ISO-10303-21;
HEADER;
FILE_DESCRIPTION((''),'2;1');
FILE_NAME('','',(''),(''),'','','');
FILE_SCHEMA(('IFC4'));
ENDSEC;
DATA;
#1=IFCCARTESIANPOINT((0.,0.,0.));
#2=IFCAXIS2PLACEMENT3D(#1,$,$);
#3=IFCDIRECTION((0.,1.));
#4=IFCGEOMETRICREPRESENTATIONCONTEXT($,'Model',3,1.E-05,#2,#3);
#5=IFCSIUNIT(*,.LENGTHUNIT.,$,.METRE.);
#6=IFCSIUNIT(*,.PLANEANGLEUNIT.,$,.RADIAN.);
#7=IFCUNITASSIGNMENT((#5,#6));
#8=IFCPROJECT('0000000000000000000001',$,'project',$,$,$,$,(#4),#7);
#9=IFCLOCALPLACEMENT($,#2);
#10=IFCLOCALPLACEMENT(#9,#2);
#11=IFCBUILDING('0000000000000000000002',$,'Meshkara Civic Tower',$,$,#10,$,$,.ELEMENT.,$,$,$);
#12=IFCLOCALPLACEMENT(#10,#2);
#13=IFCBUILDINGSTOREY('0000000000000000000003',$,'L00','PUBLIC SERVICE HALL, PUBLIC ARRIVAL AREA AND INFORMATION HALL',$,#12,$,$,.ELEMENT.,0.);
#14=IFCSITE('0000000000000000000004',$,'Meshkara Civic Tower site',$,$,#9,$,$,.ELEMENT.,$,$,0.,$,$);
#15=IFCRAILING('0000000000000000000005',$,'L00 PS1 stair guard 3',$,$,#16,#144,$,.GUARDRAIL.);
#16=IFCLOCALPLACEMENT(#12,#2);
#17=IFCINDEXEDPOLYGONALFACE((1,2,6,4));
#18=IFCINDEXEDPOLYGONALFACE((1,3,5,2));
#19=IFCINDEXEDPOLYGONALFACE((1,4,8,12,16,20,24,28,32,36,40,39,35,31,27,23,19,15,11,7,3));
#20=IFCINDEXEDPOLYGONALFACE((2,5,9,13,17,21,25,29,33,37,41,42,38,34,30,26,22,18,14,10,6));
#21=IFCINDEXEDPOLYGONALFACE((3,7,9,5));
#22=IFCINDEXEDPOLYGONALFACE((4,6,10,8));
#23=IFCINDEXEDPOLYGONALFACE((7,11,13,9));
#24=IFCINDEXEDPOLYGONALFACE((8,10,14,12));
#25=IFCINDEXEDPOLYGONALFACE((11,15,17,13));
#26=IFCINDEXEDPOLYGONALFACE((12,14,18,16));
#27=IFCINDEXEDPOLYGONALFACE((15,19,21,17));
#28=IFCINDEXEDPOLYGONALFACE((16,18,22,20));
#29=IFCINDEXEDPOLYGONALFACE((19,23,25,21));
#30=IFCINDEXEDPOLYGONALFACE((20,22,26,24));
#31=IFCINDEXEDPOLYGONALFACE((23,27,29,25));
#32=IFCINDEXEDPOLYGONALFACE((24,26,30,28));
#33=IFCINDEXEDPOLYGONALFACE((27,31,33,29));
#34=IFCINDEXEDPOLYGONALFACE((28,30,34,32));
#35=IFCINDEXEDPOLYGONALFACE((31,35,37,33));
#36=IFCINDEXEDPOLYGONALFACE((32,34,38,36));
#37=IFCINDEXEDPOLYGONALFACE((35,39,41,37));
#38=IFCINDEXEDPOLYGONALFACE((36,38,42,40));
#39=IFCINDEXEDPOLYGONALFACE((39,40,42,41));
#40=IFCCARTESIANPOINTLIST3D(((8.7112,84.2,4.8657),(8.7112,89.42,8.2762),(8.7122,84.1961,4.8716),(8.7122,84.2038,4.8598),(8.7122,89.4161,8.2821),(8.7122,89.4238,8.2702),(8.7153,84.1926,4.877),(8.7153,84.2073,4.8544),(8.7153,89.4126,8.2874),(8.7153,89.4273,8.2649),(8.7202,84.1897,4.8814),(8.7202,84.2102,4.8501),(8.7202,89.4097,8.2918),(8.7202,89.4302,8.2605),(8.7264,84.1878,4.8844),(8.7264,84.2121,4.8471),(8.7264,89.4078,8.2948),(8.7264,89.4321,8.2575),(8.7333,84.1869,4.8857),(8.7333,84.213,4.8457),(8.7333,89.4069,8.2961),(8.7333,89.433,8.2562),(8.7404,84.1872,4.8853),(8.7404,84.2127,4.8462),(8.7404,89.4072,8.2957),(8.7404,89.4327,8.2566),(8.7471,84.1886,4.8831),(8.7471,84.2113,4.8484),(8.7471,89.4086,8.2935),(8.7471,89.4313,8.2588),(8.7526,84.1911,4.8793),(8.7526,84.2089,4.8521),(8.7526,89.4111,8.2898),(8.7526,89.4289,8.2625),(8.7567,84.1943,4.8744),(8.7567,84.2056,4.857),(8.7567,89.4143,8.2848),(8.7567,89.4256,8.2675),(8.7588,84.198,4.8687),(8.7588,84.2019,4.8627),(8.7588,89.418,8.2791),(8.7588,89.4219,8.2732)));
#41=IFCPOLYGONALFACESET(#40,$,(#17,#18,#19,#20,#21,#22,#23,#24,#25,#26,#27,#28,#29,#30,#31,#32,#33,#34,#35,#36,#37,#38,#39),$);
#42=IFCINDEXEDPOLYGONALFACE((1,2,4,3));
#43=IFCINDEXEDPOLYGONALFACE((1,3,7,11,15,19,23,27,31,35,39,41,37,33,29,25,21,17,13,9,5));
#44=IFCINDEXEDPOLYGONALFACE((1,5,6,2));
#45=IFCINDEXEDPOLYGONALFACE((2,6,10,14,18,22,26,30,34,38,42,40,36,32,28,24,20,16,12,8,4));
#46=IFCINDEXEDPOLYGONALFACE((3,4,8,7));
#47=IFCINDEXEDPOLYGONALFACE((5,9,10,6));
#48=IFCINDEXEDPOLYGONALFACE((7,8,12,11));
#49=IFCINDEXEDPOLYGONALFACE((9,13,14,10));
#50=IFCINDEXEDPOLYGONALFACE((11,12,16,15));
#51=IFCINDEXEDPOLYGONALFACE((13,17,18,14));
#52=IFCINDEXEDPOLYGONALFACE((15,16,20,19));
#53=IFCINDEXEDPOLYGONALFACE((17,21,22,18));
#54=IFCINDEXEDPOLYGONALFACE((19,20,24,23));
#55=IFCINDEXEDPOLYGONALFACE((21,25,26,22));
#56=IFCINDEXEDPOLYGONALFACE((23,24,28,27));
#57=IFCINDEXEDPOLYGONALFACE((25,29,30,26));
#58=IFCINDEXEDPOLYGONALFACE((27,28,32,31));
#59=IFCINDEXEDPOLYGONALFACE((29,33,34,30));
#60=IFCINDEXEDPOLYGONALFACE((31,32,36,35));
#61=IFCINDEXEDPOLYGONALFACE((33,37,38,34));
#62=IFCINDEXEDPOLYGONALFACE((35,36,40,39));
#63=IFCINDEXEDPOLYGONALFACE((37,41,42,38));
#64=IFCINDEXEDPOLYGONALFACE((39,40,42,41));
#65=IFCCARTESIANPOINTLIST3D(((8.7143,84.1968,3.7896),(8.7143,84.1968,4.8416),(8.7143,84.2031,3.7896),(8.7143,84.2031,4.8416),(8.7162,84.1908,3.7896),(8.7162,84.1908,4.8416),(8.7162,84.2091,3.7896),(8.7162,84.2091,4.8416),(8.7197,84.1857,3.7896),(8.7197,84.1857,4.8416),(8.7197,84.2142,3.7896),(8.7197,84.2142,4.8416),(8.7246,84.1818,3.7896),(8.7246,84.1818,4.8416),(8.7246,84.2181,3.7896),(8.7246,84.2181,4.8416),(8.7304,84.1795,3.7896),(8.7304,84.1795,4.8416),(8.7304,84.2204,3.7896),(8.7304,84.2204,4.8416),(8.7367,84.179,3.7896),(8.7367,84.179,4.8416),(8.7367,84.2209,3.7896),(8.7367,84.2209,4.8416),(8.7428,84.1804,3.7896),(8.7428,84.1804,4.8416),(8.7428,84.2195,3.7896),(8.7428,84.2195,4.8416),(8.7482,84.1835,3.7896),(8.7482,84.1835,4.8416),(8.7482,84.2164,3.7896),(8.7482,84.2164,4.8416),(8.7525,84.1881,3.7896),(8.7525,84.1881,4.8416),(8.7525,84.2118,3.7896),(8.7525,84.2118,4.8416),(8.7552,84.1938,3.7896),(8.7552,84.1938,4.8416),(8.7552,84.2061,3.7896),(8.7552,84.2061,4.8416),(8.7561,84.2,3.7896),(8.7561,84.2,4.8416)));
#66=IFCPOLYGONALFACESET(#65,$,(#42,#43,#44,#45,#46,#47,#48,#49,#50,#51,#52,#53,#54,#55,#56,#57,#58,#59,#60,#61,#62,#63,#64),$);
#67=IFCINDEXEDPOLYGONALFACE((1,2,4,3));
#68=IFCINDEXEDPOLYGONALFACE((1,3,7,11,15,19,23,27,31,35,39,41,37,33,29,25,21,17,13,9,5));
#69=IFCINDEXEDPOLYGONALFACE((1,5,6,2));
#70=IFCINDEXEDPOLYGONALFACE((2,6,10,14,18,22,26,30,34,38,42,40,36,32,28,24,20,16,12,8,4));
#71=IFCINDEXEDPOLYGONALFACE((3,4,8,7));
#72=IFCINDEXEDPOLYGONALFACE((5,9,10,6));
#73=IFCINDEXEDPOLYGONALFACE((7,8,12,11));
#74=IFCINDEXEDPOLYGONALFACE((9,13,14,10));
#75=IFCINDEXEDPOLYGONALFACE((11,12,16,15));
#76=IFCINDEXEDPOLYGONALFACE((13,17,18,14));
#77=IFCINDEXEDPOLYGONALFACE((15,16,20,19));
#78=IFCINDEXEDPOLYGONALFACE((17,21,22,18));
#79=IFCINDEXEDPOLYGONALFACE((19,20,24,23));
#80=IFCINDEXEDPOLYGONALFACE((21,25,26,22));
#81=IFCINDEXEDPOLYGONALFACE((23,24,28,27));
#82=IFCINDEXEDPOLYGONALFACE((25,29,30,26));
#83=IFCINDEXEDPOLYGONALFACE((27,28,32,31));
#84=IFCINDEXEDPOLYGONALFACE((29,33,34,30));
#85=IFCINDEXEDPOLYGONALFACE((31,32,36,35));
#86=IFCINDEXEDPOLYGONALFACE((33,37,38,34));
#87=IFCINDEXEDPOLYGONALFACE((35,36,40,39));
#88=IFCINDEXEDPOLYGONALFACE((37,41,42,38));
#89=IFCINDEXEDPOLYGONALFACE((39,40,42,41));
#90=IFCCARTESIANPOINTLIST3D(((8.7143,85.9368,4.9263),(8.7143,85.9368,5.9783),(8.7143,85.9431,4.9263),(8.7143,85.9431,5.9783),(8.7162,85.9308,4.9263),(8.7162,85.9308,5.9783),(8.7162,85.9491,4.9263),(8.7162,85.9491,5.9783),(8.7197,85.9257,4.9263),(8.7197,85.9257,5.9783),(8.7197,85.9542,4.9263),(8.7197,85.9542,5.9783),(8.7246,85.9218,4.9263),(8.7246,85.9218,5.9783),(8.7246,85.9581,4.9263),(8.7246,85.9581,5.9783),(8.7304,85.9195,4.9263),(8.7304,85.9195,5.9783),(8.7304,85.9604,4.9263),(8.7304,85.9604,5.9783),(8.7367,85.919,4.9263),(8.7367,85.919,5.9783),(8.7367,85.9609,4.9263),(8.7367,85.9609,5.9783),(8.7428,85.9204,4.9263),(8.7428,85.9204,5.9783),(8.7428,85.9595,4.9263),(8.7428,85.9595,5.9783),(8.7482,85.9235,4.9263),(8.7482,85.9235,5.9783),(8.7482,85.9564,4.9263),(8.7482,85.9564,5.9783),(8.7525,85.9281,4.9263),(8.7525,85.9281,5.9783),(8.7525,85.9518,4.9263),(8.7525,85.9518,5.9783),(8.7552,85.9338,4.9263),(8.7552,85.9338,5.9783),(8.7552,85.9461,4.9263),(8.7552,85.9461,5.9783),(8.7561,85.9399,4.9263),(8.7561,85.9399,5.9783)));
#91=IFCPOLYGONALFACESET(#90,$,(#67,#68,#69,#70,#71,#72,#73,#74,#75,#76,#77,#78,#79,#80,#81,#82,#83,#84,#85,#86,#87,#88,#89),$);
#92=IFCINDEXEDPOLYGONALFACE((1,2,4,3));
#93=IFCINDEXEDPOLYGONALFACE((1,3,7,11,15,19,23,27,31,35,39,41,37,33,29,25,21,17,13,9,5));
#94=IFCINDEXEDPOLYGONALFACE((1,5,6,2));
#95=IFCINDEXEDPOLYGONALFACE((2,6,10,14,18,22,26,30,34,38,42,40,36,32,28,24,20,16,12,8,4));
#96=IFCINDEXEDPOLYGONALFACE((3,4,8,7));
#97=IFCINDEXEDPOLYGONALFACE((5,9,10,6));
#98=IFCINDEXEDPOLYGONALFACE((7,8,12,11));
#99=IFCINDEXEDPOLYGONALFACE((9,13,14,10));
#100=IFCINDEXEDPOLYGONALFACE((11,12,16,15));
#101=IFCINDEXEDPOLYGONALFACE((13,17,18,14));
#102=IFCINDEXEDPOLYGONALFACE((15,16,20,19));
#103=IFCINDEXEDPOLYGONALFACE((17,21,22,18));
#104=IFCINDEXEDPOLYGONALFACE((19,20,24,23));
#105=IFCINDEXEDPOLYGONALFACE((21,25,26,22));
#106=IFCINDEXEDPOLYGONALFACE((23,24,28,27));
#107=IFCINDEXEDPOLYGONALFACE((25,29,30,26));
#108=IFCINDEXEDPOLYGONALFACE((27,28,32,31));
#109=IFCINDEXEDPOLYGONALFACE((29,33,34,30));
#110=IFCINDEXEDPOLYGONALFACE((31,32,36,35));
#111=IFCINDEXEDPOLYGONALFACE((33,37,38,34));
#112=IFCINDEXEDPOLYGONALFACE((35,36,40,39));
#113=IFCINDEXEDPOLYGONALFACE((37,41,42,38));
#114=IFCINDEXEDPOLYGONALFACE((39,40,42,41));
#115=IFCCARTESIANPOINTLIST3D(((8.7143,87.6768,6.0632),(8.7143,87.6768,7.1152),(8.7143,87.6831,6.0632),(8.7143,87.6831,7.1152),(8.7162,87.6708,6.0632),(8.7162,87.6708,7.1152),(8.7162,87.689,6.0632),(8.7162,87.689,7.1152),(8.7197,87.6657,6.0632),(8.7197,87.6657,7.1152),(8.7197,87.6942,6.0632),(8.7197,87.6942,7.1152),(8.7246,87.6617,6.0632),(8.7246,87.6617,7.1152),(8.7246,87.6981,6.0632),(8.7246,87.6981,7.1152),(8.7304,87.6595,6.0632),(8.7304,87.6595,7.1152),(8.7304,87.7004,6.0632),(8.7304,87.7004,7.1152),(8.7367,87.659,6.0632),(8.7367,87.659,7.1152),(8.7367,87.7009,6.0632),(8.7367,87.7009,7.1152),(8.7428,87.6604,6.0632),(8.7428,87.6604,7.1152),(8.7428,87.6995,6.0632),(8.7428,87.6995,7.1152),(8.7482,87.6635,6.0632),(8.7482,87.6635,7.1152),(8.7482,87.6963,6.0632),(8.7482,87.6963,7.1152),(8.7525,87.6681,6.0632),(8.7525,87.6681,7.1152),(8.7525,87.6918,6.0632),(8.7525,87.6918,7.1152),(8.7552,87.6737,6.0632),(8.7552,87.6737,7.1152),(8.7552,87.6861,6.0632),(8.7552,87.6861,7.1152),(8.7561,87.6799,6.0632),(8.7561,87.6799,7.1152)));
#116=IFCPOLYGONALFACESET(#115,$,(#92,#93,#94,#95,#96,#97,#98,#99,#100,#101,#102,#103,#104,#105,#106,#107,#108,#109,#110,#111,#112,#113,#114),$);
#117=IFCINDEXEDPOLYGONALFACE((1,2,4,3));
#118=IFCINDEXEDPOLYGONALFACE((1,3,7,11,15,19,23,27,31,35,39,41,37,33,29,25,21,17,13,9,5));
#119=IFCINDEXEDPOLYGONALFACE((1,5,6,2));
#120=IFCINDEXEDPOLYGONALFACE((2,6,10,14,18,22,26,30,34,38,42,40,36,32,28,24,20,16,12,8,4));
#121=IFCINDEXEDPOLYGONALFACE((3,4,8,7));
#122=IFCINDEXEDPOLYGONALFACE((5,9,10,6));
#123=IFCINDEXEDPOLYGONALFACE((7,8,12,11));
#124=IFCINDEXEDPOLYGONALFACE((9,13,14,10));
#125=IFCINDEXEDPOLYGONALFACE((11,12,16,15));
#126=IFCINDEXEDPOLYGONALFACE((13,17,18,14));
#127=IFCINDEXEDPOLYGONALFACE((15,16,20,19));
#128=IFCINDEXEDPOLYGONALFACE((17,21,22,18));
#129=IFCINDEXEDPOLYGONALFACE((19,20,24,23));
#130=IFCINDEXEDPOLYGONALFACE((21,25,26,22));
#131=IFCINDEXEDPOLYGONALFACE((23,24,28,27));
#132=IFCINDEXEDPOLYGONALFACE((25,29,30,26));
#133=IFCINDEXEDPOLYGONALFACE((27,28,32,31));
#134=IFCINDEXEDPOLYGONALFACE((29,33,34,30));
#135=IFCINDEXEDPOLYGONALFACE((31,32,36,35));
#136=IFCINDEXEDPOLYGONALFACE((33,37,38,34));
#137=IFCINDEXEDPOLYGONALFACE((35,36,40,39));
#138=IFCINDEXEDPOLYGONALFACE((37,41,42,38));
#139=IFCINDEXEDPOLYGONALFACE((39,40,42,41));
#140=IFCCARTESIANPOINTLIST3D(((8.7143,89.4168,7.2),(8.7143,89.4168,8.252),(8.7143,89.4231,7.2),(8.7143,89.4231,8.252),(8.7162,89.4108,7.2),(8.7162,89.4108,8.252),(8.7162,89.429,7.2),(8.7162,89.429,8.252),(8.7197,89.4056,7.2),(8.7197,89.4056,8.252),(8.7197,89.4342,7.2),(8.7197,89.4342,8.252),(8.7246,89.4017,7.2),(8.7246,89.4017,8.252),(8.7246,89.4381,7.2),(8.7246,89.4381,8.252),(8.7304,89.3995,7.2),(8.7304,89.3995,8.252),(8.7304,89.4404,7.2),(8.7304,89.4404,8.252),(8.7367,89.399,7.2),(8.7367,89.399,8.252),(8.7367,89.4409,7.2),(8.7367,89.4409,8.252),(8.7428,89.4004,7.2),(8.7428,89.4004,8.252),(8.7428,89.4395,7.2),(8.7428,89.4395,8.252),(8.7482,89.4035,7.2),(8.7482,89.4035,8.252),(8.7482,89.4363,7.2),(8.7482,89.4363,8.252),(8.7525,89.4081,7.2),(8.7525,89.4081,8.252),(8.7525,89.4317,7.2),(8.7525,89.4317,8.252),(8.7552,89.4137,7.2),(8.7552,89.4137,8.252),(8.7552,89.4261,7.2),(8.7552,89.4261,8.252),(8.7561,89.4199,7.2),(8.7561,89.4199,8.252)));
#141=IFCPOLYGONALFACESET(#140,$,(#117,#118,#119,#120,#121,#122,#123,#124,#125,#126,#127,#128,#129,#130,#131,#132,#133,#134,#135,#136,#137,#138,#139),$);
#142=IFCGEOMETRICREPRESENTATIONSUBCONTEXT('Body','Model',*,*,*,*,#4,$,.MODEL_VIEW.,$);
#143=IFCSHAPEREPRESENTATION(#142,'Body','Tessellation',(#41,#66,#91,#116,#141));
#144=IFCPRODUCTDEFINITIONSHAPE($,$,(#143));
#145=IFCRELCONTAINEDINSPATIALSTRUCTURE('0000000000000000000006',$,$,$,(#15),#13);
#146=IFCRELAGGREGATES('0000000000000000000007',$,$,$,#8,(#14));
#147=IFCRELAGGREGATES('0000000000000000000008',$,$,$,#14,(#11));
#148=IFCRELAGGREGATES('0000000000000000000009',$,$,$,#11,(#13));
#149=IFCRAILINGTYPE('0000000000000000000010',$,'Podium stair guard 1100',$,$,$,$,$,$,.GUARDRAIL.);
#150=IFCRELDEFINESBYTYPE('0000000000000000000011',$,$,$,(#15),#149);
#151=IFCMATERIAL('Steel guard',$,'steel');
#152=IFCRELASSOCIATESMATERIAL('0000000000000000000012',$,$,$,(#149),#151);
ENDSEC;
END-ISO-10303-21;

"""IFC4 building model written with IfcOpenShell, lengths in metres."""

from ifc_helpers import new_model, si_unit, direction, frame, origin, origin_2d, place, context, subcontext, project, spatial, circle, extrude, material, type_object, element, save


model = new_model("IFC4")

# Units and contexts
model_context = context("Model", 3, precision=1e-05, world=origin(), true_north=direction((0.0, 1.0)))
body_context = subcontext(model_context, "Body", "Model", "MODEL_VIEW")
ifc_project = project(units=[si_unit("LENGTHUNIT", "METRE"), si_unit("PLANEANGLEUNIT", "RADIAN")], contexts=[model_context])

# Site, building, storey
site_placement = place(None, origin())
site = spatial("IfcSite", under=ifc_project, at=site_placement, Name="Meshkara Civic Tower site", CompositionType="ELEMENT", RefElevation=0.0)
building_placement = place(site_placement, origin())
building = spatial("IfcBuilding", under=site, at=building_placement, Name="Meshkara Civic Tower", CompositionType="ELEMENT")
storey_placement = place(building_placement, origin())
storey = spatial("IfcBuildingStorey", under=building, at=storey_placement, Name="L00", Description="PUBLIC SERVICE HALL, PUBLIC ARRIVAL AREA AND INFORMATION HALL", CompositionType="ELEMENT", Elevation=0.0)

# Railing
ifc_material_1 = material(Name="Steel guard", Category="steel")
railing_type_1 = type_object("IfcRailingType", Name="Podium stair guard 1100", PredefinedType="GUARDRAIL", material=ifc_material_1)
railing_1_placement = place(storey_placement, frame((8.7351, 84.2, 3.7896)))
element("IfcRailing", 1, at=railing_1_placement, inside=storey, type_object=railing_type_1, Name="L00 PS1 stair guard 3", PredefinedType="GUARDRAIL", context=body_context, shape_type="SweptSolid", body=[
    extrude(circle(Radius=0.0239, at=origin_2d()), frame((0.0, 0.0, 1.0762), z_axis=(0.0, 0.837165, 0.546951), x_axis=(-1.0, 0.0, 0.0)), (0.0, 0.0, 1.0), 6.2354),
    extrude(circle(Radius=0.021, at=origin_2d()), origin(), (0.0, 0.0, 1.0), 1.052),
    extrude(circle(Radius=0.021, at=origin_2d()), frame((0.0, 1.74, 1.1367)), (0.0, 0.0, 1.0), 1.052),
    extrude(circle(Radius=0.021, at=origin_2d()), frame((0.0, 3.48, 2.2737)), (0.0, 0.0, 1.0), 1.052),
    extrude(circle(Radius=0.021, at=origin_2d()), frame((0.0, 5.22, 3.4104)), (0.0, 0.0, 1.0), 1.052),
])

save(model, "model.ifc")
